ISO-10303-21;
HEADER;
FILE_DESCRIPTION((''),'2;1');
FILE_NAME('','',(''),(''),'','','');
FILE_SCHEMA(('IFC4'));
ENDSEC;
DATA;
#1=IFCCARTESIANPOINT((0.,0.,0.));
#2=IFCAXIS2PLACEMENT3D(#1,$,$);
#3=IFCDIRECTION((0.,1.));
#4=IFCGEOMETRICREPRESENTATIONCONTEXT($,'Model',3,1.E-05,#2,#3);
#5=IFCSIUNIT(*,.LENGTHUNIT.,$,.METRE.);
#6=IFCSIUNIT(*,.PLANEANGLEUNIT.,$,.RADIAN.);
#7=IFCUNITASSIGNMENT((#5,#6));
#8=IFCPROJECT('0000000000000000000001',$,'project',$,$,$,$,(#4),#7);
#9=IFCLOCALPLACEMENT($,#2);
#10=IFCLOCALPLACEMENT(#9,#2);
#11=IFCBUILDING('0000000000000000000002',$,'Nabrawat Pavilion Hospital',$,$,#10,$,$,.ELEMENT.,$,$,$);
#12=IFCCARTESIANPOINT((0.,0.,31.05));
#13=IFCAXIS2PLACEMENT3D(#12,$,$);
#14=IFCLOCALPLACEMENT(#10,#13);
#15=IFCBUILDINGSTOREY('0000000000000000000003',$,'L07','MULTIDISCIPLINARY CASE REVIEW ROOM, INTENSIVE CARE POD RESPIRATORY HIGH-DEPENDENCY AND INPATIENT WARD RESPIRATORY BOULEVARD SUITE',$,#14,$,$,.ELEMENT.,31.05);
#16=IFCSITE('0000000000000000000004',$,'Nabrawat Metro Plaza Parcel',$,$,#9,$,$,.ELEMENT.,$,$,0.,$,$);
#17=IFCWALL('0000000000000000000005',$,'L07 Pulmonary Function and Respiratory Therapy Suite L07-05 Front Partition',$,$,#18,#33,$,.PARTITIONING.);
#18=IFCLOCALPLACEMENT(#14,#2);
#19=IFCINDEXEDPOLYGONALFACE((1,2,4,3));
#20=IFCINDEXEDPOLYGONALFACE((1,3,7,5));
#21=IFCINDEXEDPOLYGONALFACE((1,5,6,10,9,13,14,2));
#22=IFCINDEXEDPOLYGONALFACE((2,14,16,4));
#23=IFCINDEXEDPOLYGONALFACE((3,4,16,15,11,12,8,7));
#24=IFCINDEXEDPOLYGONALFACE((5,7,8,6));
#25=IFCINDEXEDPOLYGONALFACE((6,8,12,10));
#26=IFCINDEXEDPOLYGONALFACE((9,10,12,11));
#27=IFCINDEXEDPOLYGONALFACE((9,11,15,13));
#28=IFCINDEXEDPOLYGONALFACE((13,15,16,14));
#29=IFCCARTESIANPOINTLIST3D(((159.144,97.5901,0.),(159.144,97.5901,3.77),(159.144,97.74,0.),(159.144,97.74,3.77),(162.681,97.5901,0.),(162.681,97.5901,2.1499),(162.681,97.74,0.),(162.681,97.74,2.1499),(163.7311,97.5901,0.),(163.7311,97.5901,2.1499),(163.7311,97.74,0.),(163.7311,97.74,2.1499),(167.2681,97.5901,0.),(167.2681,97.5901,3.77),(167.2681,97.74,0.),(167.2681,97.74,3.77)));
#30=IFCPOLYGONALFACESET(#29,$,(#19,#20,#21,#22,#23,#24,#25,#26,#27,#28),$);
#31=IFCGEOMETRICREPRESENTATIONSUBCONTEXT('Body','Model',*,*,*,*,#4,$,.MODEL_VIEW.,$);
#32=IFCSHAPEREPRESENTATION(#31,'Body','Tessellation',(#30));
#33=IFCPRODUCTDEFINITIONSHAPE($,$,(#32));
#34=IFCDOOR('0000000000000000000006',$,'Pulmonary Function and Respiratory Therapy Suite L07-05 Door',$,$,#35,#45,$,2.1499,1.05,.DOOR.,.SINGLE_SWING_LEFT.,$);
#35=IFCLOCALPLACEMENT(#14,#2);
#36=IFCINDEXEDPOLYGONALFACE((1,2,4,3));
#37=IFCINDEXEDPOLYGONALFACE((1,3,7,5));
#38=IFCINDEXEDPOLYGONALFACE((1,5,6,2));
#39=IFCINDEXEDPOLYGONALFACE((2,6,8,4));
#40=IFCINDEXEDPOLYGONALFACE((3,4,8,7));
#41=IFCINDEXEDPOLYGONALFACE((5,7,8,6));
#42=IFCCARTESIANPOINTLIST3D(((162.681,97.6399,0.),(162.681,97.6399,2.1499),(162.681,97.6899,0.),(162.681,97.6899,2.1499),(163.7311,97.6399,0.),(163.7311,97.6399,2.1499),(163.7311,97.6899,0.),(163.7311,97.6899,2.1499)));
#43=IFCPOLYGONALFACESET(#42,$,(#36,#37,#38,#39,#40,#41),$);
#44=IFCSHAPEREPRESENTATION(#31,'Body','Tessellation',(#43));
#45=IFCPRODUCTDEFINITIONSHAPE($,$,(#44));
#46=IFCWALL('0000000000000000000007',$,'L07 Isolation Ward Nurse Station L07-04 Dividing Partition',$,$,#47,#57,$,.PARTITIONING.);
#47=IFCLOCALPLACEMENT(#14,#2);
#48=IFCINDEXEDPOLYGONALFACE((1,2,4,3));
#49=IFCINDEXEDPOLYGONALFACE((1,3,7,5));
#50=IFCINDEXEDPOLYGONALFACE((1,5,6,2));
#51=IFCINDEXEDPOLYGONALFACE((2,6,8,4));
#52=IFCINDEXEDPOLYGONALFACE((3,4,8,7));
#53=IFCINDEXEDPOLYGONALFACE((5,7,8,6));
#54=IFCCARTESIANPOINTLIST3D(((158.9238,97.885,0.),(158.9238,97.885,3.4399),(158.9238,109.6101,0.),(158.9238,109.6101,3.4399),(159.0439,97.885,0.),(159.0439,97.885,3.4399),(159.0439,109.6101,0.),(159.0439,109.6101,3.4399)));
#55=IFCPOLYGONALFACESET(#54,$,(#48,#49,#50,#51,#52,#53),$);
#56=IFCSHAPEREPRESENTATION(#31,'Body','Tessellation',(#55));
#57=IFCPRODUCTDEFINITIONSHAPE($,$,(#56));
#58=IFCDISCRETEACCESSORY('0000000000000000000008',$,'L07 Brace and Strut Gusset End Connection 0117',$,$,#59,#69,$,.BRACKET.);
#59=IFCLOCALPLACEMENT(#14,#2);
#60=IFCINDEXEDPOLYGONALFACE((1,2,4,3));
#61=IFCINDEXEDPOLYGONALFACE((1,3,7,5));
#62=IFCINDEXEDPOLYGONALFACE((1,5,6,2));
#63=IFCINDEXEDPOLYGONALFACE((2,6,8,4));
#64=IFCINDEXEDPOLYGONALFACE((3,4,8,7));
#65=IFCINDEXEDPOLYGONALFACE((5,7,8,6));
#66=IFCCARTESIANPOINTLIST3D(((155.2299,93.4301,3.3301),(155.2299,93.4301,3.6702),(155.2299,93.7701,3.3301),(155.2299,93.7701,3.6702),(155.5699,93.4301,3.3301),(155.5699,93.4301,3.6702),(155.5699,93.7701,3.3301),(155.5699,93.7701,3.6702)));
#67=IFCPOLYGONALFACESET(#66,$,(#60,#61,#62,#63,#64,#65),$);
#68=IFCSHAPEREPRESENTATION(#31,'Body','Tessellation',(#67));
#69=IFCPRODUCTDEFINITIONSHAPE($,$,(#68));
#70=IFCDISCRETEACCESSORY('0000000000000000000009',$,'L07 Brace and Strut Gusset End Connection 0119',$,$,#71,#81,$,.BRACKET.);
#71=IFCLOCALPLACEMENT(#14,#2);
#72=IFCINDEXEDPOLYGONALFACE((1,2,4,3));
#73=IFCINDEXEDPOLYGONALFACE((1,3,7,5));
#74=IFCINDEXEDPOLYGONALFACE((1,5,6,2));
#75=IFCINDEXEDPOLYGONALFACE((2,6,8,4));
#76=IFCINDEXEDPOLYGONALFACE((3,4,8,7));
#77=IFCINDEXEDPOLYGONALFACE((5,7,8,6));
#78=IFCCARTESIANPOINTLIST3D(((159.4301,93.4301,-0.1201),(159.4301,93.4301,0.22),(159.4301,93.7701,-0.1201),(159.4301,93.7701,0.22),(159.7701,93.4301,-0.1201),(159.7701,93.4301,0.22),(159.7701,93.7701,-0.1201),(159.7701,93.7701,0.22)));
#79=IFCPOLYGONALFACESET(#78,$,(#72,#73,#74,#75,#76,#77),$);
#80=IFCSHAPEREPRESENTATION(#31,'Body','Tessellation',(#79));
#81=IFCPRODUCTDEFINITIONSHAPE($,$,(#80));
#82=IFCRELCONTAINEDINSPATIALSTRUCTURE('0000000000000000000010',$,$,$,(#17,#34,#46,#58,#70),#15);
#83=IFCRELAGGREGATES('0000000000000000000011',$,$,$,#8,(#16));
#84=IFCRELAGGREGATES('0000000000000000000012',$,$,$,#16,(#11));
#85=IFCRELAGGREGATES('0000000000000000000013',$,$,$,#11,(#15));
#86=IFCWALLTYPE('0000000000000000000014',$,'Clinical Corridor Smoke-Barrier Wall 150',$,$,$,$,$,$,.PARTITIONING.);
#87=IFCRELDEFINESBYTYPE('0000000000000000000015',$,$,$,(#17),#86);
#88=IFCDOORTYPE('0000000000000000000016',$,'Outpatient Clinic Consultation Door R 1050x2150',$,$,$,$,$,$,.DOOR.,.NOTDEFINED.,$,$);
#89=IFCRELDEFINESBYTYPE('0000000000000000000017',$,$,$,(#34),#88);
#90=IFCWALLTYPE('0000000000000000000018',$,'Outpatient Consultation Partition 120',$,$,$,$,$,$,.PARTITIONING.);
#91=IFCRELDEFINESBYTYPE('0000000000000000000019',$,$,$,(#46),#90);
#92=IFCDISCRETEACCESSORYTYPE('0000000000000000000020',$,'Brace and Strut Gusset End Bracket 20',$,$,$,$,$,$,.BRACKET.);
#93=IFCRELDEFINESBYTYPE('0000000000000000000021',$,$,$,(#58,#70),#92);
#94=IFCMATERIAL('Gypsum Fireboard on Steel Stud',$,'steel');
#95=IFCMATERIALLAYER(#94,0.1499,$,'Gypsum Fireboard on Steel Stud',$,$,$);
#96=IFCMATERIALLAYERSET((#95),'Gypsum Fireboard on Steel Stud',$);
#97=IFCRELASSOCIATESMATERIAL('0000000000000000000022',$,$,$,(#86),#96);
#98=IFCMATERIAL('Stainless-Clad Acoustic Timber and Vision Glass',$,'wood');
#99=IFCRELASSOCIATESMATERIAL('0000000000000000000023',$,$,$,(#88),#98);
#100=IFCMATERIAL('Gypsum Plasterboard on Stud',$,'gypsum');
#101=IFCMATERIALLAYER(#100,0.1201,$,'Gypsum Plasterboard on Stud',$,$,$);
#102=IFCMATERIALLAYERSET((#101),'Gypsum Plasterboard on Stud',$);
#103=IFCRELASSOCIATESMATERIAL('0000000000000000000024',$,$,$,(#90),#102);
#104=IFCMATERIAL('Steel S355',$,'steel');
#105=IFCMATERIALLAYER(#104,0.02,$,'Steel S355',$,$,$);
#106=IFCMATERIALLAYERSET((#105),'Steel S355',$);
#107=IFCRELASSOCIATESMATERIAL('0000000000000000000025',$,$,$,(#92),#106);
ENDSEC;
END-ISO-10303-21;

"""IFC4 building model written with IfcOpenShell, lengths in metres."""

from ifc_helpers import new_model, si_unit, direction, frame, frame_2d, origin, origin_2d, place, context, subcontext, project, spatial, rectangle, extrude, material, layer, layer_set, type_object, element, fill, save


model = new_model("IFC4")

# Units and contexts
model_context = context("Model", 3, precision=1e-05, world=origin(), true_north=direction((0.0, 1.0)))
body_context = subcontext(model_context, "Body", "Model", "MODEL_VIEW")
ifc_project = project(units=[si_unit("LENGTHUNIT", "METRE"), si_unit("PLANEANGLEUNIT", "RADIAN")], contexts=[model_context])

# Site, building, storey
site_placement = place(None, origin())
site = spatial("IfcSite", under=ifc_project, at=site_placement, Name="Nabrawat Metro Plaza Parcel", CompositionType="ELEMENT", RefElevation=0.0)
building_placement = place(site_placement, origin())
building = spatial("IfcBuilding", under=site, at=building_placement, Name="Nabrawat Pavilion Hospital", CompositionType="ELEMENT")
storey_placement = place(building_placement, frame((0.0, 0.0, 31.05)))
storey = spatial("IfcBuildingStorey", under=building, at=storey_placement, Name="L07", Description="MULTIDISCIPLINARY CASE REVIEW ROOM, INTENSIVE CARE POD RESPIRATORY HIGH-DEPENDENCY AND INPATIENT WARD RESPIRATORY BOULEVARD SUITE", CompositionType="ELEMENT", Elevation=31.05)

# Shared definitions
ifc_material_1 = material(Name="Steel S355", Category="steel")

# Wall, opening, door
ifc_material_2 = material(Name="Gypsum Fireboard on Steel Stud", Category="steel")
ifc_layer_1 = layer(ifc_material_2, 0.1499, Name="Gypsum Fireboard on Steel Stud")
ifc_layer_set_1 = layer_set([ifc_layer_1], Name="Gypsum Fireboard on Steel Stud")
wall_type_1 = type_object("IfcWallType", Name="Clinical Corridor Smoke-Barrier Wall 150", PredefinedType="PARTITIONING", material=ifc_layer_set_1)
ifc_material_3 = material(Name="Stainless-Clad Acoustic Timber and Vision Glass", Category="wood")
wall_1_placement = place(storey_placement, frame((159.144, 97.665, 0.0), z_axis=(0.0, 0.0, 1.0), x_axis=(1.0, 0.0, 0.0)))
wall_1 = element("IfcWall", 1, at=wall_1_placement, inside=storey, type_object=wall_type_1, Name="L07 Pulmonary Function and Respiratory Therapy Suite L07-05 Front Partition", PredefinedType="PARTITIONING", context=body_context, shape_type="SweptSolid", body=[
    extrude(rectangle(XDim=8.124, YDim=0.1499, at=frame_2d((4.062, 0.0))), origin(), (0.0, 0.0, 1.0), 3.77),
])
opening_1_placement = place(wall_1_placement, frame((3.5371, 0.0, 0.0)))
opening_1 = element("IfcOpeningElement", 2, at=opening_1_placement, cuts=wall_1, PredefinedType="OPENING", context=body_context, shape_type="SweptSolid", body=[
    extrude(rectangle(XDim=1.05, YDim=2.1499, at=frame_2d((0.5249, 1.075))), frame((0.0, 0.085, 0.0), z_axis=(0.0, -1.0, 0.0), x_axis=(1.0, 0.0, 0.0)), (0.0, 0.0, 1.0), 0.1699),
])
door_type_1 = type_object("IfcDoorType", Name="Outpatient Clinic Consultation Door R 1050x2150", OperationType="NOTDEFINED", PredefinedType="DOOR", material=ifc_material_3)
door_1_placement = place(opening_1_placement, origin())
door_1 = element("IfcDoor", 3, at=door_1_placement, inside=storey, type_object=door_type_1, Name="Pulmonary Function and Respiratory Therapy Suite L07-05 Door", OperationType="SINGLE_SWING_LEFT", OverallHeight=2.1499, OverallWidth=1.05, PredefinedType="DOOR", context=body_context, shape_type="SweptSolid", body=[
    extrude(rectangle(XDim=1.05, YDim=2.1499, at=frame_2d((0.5249, 1.075))), frame((0.0, 0.0249, 0.0), z_axis=(0.0, -1.0, 0.0), x_axis=(1.0, 0.0, 0.0)), (0.0, 0.0, 1.0), 0.05),
])
fill(opening_1, door_1)

# Wall
ifc_material_4 = material(Name="Gypsum Plasterboard on Stud", Category="gypsum")
ifc_layer_2 = layer(ifc_material_4, 0.1201, Name="Gypsum Plasterboard on Stud")
ifc_layer_set_2 = layer_set([ifc_layer_2], Name="Gypsum Plasterboard on Stud")
wall_type_2 = type_object("IfcWallType", Name="Outpatient Consultation Partition 120", PredefinedType="PARTITIONING", material=ifc_layer_set_2)
wall_2_placement = place(storey_placement, frame((158.9839, 97.885, 0.0), z_axis=(0.0, 0.0, 1.0), x_axis=(0.0, 1.0, 0.0)))
element("IfcWall", 4, at=wall_2_placement, inside=storey, type_object=wall_type_2, Name="L07 Isolation Ward Nurse Station L07-04 Dividing Partition", PredefinedType="PARTITIONING", context=body_context, shape_type="SweptSolid", body=[
    extrude(rectangle(XDim=11.7251, YDim=0.1201, at=frame_2d((5.8625, 0.0))), origin(), (0.0, 0.0, 1.0), 3.4399),
])

# Discrete accessories
ifc_layer_3 = layer(ifc_material_1, 0.02, Name="Steel S355")
ifc_layer_set_3 = layer_set([ifc_layer_3], Name="Steel S355")
discrete_accessory_type = type_object("IfcDiscreteAccessoryType", Name="Brace and Strut Gusset End Bracket 20", PredefinedType="BRACKET", material=ifc_layer_set_3)
for number, where, z_axis, x_axis, name in (
    (5, (155.3999, 93.6001, 3.3301), (0.0, 0.0, 1.0), (1.0, 0.0, 0.0), "L07 Brace and Strut Gusset End Connection 0117"),
    (6, (159.6001, 93.6001, -0.1201), (0.0, 0.0, 1.0), (1.0, 0.0, 0.0), "L07 Brace and Strut Gusset End Connection 0119"),
):
    element("IfcDiscreteAccessory", number, at=place(storey_placement, frame(where, z_axis=z_axis, x_axis=x_axis)), inside=storey, type_object=discrete_accessory_type, Name=name, PredefinedType="BRACKET", context=body_context, shape_type="SweptSolid", body=[
        extrude(rectangle(XDim=0.3401, YDim=0.3401, at=origin_2d()), origin(), (0.0, 0.0, 1.0), 0.3401),
    ])

save(model, "model.ifc")
